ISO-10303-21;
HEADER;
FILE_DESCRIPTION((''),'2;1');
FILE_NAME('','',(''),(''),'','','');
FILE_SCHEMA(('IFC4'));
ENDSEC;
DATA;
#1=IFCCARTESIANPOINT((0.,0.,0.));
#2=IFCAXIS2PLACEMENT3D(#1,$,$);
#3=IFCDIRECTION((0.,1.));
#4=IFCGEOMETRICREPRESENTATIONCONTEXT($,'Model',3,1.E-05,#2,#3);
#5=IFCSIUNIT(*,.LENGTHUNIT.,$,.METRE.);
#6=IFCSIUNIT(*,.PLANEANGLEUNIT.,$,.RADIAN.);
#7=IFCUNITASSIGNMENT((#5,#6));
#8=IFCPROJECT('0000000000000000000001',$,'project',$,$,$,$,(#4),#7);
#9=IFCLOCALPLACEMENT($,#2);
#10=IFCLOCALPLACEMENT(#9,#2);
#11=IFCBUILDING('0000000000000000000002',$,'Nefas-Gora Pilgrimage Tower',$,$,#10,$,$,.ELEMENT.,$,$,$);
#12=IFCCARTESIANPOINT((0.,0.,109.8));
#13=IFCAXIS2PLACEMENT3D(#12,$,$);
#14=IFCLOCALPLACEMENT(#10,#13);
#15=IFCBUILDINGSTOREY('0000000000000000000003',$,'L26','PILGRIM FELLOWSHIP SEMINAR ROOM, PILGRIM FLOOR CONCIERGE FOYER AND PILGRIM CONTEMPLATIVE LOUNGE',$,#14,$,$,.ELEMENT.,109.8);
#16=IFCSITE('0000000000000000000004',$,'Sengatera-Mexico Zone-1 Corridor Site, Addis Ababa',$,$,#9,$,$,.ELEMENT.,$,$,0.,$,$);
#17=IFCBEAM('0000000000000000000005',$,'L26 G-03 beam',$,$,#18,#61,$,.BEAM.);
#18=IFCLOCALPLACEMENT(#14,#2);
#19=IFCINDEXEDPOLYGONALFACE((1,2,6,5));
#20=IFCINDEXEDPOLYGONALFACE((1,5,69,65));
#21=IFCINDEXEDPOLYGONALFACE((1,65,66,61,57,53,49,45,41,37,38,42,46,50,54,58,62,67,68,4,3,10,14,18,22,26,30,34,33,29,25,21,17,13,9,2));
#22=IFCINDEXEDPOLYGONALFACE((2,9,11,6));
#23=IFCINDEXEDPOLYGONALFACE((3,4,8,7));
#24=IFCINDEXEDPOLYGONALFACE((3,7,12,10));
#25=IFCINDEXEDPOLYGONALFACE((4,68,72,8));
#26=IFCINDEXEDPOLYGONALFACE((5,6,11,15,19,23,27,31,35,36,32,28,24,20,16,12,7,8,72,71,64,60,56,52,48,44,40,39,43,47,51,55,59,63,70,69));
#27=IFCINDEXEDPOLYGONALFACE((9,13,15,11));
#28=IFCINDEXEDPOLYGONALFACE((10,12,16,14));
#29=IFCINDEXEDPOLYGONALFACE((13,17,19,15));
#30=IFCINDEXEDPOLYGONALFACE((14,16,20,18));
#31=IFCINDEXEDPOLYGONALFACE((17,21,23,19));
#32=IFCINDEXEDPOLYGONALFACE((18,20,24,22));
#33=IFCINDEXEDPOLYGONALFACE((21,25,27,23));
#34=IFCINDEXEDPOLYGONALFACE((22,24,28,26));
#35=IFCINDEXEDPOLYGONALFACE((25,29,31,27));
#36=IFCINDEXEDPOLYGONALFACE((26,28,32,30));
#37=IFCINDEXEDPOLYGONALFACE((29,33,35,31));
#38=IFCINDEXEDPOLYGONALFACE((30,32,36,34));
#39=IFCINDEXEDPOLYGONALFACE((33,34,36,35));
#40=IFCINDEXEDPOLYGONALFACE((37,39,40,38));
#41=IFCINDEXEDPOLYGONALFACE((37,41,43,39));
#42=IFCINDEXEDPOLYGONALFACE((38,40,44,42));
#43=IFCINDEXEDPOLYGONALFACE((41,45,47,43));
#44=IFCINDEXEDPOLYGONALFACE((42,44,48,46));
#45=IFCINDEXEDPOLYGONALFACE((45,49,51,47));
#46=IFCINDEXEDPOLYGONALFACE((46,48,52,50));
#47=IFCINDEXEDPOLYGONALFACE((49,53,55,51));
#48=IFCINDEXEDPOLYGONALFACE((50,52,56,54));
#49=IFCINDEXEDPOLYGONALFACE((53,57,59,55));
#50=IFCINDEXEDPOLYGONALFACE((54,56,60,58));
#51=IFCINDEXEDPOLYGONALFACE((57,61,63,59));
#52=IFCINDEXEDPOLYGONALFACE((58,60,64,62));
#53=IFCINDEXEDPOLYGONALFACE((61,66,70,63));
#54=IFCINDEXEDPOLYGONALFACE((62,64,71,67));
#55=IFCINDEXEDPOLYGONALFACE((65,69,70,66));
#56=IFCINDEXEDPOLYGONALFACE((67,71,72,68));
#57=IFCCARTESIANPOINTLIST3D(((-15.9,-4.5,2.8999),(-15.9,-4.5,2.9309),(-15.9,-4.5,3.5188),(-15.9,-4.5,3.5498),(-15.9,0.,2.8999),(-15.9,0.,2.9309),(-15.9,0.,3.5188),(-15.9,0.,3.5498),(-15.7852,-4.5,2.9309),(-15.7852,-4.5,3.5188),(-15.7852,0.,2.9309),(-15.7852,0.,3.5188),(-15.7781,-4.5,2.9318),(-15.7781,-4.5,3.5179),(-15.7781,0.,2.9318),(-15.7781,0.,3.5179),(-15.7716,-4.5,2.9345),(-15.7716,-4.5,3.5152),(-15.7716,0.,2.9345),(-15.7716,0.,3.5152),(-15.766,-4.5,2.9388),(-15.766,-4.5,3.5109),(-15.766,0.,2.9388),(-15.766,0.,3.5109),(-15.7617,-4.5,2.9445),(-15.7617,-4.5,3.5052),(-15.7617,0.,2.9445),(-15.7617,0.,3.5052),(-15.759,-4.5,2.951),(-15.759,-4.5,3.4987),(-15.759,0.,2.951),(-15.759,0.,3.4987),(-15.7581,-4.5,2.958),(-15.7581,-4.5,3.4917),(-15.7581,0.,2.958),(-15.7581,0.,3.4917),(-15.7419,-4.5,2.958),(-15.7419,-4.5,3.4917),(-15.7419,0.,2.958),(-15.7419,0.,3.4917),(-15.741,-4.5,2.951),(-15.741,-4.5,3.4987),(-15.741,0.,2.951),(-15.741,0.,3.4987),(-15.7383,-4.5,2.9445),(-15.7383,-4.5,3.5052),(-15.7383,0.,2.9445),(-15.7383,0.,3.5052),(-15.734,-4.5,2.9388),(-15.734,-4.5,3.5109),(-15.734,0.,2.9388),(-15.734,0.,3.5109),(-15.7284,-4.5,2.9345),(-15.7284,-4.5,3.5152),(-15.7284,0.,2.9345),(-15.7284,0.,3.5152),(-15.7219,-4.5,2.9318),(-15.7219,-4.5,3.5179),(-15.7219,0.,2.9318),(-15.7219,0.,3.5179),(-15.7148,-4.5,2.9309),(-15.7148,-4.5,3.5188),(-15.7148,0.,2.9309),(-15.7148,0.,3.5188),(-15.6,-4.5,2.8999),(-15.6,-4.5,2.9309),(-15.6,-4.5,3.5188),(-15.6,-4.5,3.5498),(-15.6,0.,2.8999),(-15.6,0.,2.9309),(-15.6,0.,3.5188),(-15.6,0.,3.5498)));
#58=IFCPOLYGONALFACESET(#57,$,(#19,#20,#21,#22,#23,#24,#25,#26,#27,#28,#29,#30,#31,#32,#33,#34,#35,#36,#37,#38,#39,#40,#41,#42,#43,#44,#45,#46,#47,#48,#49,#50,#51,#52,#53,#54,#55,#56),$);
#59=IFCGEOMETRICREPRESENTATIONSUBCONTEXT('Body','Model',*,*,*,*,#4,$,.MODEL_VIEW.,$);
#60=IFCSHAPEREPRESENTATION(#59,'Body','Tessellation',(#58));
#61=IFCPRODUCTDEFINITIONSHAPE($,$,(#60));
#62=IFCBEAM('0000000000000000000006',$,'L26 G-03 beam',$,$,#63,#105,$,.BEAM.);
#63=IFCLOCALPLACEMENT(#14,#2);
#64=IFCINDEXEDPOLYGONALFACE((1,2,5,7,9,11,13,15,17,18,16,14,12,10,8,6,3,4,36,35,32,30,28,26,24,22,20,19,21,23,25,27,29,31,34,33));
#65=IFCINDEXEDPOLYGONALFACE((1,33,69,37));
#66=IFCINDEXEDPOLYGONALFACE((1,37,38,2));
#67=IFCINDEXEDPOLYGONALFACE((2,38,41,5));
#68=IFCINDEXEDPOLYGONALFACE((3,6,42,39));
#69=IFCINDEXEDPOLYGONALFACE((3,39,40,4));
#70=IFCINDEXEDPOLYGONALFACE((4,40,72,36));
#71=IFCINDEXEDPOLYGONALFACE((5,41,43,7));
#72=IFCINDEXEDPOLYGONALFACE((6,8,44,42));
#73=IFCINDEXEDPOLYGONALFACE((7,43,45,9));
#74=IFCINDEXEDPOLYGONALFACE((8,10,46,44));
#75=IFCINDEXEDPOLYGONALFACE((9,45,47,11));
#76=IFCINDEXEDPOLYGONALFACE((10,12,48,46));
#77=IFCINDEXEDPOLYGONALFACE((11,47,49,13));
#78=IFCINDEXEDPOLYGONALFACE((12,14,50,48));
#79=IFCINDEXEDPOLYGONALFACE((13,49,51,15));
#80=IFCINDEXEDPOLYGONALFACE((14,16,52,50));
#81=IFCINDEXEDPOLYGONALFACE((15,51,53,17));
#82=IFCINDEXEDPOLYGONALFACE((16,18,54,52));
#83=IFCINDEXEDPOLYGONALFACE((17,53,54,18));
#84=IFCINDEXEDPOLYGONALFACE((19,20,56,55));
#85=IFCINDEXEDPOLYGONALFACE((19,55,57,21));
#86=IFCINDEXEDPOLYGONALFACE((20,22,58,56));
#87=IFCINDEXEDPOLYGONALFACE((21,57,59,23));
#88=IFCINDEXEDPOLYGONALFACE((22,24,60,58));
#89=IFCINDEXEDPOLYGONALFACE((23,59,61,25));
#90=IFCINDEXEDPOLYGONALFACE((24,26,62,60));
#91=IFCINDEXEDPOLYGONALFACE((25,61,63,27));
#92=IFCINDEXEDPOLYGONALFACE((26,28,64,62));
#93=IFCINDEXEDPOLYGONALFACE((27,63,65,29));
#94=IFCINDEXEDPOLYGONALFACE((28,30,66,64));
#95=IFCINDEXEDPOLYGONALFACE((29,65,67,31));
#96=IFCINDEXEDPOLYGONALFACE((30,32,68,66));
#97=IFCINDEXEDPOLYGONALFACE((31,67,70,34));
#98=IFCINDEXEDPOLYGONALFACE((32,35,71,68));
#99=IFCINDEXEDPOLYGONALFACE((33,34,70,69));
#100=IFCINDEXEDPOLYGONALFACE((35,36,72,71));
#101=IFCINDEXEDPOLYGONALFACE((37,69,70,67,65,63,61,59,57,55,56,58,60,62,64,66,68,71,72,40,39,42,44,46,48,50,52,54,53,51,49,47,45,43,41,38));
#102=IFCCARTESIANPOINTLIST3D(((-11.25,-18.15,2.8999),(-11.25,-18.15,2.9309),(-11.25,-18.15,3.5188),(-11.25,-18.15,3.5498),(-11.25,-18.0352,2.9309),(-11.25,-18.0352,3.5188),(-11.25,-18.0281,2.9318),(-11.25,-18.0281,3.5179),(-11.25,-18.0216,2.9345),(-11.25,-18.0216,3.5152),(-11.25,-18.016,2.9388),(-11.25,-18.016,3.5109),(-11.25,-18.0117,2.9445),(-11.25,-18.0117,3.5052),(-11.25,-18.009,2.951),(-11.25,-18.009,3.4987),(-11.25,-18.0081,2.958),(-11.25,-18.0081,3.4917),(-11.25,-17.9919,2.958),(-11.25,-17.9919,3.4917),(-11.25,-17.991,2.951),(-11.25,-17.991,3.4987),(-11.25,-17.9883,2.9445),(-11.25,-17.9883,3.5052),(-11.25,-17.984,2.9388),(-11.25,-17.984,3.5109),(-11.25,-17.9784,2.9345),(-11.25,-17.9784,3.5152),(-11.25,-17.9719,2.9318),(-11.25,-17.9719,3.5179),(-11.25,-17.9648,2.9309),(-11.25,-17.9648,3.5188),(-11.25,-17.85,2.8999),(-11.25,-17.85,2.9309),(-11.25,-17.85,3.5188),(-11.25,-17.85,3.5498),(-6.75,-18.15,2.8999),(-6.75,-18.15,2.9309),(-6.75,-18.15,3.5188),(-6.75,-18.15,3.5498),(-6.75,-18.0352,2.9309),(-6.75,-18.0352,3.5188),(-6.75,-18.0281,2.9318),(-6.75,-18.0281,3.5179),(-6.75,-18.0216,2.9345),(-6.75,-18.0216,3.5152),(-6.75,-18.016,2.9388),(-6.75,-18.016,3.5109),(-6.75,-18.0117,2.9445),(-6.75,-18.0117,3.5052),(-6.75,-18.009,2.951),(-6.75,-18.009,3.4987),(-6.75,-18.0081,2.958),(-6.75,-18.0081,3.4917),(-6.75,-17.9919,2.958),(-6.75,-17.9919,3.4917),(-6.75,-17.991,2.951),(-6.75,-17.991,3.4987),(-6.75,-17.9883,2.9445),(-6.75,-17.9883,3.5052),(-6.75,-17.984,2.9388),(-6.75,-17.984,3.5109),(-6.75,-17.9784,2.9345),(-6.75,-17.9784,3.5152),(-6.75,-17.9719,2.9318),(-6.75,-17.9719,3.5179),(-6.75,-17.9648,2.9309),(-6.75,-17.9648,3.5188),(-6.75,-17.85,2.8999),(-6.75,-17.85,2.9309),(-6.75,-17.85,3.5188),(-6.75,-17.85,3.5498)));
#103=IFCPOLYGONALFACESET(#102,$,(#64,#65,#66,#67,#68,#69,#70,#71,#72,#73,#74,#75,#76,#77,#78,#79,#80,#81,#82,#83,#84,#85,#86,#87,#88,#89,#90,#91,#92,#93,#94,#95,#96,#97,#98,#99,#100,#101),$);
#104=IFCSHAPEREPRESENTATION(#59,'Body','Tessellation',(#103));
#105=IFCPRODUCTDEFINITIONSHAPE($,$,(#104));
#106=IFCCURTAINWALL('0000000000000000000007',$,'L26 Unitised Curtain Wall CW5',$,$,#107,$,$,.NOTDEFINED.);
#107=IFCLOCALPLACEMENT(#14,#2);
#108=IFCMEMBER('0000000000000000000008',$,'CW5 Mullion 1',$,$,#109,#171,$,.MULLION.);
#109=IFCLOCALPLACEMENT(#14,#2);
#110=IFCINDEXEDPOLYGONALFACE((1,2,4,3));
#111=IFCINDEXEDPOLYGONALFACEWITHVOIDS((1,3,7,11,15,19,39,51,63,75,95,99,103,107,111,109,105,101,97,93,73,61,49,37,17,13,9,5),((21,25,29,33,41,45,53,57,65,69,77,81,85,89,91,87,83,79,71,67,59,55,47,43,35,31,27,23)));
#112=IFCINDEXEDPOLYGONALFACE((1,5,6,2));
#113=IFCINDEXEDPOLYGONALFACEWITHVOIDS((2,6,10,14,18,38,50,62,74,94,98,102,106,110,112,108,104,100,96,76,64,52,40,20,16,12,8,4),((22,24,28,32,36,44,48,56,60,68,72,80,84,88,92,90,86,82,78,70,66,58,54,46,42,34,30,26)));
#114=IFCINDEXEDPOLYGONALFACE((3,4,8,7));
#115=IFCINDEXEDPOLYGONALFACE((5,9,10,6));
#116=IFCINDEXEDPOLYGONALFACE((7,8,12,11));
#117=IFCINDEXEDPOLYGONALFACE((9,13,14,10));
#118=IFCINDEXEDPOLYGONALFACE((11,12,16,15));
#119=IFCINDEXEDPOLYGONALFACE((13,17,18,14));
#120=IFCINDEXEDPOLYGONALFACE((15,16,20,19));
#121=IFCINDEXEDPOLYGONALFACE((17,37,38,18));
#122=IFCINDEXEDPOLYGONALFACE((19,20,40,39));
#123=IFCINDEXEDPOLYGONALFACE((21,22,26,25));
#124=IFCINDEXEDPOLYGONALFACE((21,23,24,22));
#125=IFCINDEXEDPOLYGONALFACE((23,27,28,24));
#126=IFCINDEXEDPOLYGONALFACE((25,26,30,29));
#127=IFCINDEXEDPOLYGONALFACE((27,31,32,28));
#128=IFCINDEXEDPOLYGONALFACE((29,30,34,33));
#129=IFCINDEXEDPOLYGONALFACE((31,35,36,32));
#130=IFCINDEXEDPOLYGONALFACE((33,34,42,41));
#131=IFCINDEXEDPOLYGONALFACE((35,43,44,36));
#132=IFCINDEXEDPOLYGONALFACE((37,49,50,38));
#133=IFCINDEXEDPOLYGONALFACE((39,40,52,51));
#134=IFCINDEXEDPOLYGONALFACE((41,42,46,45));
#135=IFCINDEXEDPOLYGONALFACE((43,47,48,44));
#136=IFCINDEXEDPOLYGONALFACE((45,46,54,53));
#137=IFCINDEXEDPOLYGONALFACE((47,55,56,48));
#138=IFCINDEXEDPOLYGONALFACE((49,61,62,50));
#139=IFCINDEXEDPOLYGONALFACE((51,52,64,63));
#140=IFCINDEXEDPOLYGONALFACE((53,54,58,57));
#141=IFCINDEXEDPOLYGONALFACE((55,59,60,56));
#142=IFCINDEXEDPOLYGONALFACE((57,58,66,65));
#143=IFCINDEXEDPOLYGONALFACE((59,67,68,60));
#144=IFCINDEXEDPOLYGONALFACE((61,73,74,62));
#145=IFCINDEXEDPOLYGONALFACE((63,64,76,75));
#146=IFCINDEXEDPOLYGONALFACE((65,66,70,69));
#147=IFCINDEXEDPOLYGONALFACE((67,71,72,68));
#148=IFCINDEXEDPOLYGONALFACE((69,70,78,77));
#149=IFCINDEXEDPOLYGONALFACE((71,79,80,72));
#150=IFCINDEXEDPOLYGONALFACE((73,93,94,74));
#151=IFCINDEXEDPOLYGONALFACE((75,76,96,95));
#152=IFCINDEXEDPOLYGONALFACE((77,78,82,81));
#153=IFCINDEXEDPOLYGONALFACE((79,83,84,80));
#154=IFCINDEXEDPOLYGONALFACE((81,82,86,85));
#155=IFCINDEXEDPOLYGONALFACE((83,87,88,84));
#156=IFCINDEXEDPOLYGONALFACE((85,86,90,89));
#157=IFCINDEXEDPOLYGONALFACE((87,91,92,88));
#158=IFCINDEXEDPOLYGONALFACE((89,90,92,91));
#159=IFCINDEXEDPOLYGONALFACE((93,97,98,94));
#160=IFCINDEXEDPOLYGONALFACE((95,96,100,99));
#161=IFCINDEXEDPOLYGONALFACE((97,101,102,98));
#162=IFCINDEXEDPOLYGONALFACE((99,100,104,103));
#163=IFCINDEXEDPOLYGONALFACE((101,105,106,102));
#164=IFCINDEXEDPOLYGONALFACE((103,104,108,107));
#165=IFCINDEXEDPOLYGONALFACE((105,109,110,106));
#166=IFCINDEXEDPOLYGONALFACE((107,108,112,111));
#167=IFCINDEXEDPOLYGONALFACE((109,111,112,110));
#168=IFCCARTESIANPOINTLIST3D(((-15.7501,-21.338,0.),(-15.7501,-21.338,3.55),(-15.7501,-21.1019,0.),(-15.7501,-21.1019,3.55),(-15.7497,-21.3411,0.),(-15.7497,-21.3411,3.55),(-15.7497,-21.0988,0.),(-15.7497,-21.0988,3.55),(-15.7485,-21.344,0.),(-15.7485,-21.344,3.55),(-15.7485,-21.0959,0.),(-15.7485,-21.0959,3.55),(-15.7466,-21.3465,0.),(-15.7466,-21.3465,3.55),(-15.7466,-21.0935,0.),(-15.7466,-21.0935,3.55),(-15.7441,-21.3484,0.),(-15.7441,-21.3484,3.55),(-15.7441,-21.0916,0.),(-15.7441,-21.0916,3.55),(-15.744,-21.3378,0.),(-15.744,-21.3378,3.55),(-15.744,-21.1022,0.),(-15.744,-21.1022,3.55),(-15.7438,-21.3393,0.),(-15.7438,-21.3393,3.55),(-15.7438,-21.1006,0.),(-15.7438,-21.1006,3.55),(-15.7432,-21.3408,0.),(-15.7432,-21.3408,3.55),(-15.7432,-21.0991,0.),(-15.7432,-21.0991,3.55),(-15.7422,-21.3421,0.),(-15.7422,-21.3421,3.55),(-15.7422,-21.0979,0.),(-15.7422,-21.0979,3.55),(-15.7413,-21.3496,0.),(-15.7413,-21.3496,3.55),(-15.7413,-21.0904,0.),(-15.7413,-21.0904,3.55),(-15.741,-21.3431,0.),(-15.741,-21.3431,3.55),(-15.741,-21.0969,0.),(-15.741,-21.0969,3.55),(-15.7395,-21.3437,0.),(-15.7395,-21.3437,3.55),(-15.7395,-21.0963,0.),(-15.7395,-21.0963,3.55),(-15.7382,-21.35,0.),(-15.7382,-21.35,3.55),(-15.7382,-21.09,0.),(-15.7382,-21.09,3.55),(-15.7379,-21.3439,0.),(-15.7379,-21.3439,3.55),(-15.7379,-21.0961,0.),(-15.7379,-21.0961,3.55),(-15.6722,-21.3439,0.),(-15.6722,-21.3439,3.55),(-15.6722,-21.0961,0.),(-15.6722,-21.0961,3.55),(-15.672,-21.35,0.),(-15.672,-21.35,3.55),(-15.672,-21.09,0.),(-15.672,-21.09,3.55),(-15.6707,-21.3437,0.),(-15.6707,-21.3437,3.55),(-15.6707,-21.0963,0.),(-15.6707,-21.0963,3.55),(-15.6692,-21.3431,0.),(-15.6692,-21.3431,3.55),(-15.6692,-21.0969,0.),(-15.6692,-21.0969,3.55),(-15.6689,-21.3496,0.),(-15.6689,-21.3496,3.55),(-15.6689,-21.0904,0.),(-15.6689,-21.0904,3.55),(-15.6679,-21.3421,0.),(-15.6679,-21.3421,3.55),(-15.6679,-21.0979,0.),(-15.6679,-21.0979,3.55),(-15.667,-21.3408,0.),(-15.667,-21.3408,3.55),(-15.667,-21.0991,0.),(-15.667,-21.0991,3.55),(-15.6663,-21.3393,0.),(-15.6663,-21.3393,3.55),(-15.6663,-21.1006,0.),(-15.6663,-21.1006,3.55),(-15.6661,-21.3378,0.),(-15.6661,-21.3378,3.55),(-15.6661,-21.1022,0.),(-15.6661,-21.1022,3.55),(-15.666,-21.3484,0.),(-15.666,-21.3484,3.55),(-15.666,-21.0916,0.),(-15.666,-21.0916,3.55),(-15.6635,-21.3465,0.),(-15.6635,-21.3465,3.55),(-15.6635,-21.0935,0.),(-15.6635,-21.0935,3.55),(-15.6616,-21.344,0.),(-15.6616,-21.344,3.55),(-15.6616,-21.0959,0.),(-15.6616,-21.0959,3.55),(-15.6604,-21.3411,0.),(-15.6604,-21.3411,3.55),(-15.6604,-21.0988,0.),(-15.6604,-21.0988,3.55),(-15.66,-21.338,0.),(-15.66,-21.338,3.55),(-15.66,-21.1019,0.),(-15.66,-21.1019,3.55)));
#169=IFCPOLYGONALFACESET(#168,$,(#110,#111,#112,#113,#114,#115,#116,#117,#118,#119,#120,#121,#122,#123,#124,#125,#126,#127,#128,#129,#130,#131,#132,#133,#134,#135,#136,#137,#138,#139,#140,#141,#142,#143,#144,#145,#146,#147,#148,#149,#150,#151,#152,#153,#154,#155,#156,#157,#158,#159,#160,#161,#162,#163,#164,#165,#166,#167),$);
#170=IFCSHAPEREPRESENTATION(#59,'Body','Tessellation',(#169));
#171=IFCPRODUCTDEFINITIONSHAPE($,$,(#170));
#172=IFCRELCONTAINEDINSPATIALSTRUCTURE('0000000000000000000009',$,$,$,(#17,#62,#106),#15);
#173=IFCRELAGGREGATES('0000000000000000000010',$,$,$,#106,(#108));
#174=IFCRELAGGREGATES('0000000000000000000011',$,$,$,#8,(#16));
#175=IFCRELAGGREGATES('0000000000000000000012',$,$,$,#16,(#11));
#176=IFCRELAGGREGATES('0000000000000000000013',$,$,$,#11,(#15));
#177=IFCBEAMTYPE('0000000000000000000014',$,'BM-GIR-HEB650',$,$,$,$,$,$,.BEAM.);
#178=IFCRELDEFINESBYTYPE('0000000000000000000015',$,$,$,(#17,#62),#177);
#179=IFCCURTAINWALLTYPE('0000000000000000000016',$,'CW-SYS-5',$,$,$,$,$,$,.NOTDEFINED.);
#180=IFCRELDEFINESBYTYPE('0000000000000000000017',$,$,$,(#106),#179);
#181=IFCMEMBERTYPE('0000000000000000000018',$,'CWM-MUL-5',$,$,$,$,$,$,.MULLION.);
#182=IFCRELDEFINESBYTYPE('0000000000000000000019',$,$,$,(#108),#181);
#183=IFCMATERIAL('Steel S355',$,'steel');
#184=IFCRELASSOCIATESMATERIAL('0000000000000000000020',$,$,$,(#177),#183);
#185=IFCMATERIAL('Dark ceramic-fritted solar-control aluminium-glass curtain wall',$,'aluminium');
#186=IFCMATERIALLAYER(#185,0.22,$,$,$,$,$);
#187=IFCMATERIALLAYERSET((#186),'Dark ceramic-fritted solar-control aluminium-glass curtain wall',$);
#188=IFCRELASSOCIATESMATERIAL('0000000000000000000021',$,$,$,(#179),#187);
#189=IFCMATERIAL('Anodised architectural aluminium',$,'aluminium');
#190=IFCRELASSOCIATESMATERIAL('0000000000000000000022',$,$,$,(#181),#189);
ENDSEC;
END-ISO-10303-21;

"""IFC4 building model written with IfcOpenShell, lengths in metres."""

from ifc_helpers import new_model, si_unit, direction, frame, origin, origin_2d, place, context, subcontext, project, spatial, hollow_rectangle, i_section, extrude, source, transform, mapped, material, layer, layer_set, material_profile, profile_set, type_object, element, aggregate, save


model = new_model("IFC4")

# Units and contexts
model_context = context("Model", 3, precision=1e-05, world=origin(), true_north=direction((0.0, 1.0)))
body_context = subcontext(model_context, "Body", "Model", "MODEL_VIEW")
ifc_project = project(units=[si_unit("LENGTHUNIT", "METRE"), si_unit("PLANEANGLEUNIT", "RADIAN")], contexts=[model_context])

# Site, building, storey
site_placement = place(None, origin())
site = spatial("IfcSite", under=ifc_project, at=site_placement, Name="Sengatera-Mexico Zone-1 Corridor Site, Addis Ababa", CompositionType="ELEMENT", RefElevation=0.0)
building_placement = place(site_placement, origin())
building = spatial("IfcBuilding", under=site, at=building_placement, Name="Nefas-Gora Pilgrimage Tower", CompositionType="ELEMENT")
storey_placement = place(building_placement, frame((0.0, 0.0, 109.8)))
storey = spatial("IfcBuildingStorey", under=building, at=storey_placement, Name="L26", Description="PILGRIM FELLOWSHIP SEMINAR ROOM, PILGRIM FLOOR CONCIERGE FOYER AND PILGRIM CONTEMPLATIVE LOUNGE", CompositionType="ELEMENT", Elevation=109.8)

# Beams
ifc_material_1 = material(Name="Steel S355", Category="steel")
ifc_material_profile_1 = material_profile(ifc_material_1, i_section(OverallWidth=0.3, OverallDepth=0.6499, WebThickness=0.0161, FlangeThickness=0.031, FilletRadius=0.0271, at=origin_2d()), Name="HEB 650")
ifc_profile_set_1 = profile_set([ifc_material_profile_1], Name="Steel S355")
beam_type = type_object("IfcBeamType", Name="BM-GIR-HEB650", PredefinedType="BEAM", material=ifc_profile_set_1)
shared_shape_1 = source(origin(), body_context, "Body", "SweptSolid", [
    extrude(i_section(OverallWidth=0.3, OverallDepth=0.6499, WebThickness=0.0161, FlangeThickness=0.031, FilletRadius=0.0271, at=origin_2d()), origin(), (0.0, 0.0, 1.0), 4.5),
])
for number, where, z_axis, x_axis, name in (
    (1, (-15.75, -4.5, 3.2249), (0.0, 1.0, 0.0), (-1.0, 0.0, 0.0), "L26 G-03 beam"),
    (2, (-11.25, -18.0, 3.2249), (1.0, 0.0, 0.0), (0.0, 1.0, 0.0), "L26 G-03 beam"),
):
    element("IfcBeam", number, at=place(storey_placement, frame(where, z_axis=z_axis, x_axis=x_axis)), inside=storey, type_object=beam_type, Name=name, PredefinedType="BEAM", context=body_context, shape_type="MappedRepresentation", body=[
        mapped(shared_shape_1, transform((0.0, 0.0, 0.0), x_axis=(1.0, 0.0, 0.0), y_axis=(0.0, 1.0, 0.0), z_axis=(0.0, 0.0, 1.0), scale=1.0)),
    ])

# Curtain wall, member
ifc_material_2 = material(Name="Dark ceramic-fritted solar-control aluminium-glass curtain wall", Category="aluminium")
ifc_layer_1 = layer(ifc_material_2, 0.22)
ifc_layer_set_1 = layer_set([ifc_layer_1], Name="Dark ceramic-fritted solar-control aluminium-glass curtain wall")
curtain_wall_type_1 = type_object("IfcCurtainWallType", Name="CW-SYS-5", PredefinedType="NOTDEFINED", material=ifc_layer_set_1)
curtain_wall_1_placement = place(storey_placement, origin())
curtain_wall_1 = element("IfcCurtainWall", 3, at=curtain_wall_1_placement, inside=storey, type_object=curtain_wall_type_1, Name="L26 Unitised Curtain Wall CW5", PredefinedType="NOTDEFINED")
ifc_material_3 = material(Name="Anodised architectural aluminium", Category="aluminium")
ifc_material_profile_2 = material_profile(ifc_material_3, hollow_rectangle(XDim=0.0901, YDim=0.26, WallThickness=0.0061, InnerFilletRadius=0.0061, OuterFilletRadius=0.012, at=origin_2d()), Name="ALU MULLION 90x260")
ifc_profile_set_2 = profile_set([ifc_material_profile_2], Name="Anodised architectural aluminium")
member_type_1 = type_object("IfcMemberType", Name="CWM-MUL-5", PredefinedType="MULLION", material=ifc_profile_set_2)
shared_shape_2 = source(origin(), body_context, "Body", "SweptSolid", [
    extrude(hollow_rectangle(XDim=0.0901, YDim=0.26, WallThickness=0.0061, InnerFilletRadius=0.0061, OuterFilletRadius=0.012, at=origin_2d()), origin(), (0.0, 0.0, 1.0), 3.55),
])
member_1_placement = place(storey_placement, frame((-15.7051, -21.22, 0.0), z_axis=(0.0, 0.0, 1.0), x_axis=(1.0, 0.0, 0.0)))
member_1 = element("IfcMember", 4, at=member_1_placement, type_object=member_type_1, Name="CW5 Mullion 1", PredefinedType="MULLION", context=body_context, shape_type="MappedRepresentation", body=[
    mapped(shared_shape_2, transform((0.0, 0.0, 0.0), x_axis=(1.0, 0.0, 0.0), y_axis=(0.0, 1.0, 0.0), z_axis=(0.0, 0.0, 1.0), scale=1.0)),
])

aggregate(curtain_wall_1, [member_1])

save(model, "model.ifc")
